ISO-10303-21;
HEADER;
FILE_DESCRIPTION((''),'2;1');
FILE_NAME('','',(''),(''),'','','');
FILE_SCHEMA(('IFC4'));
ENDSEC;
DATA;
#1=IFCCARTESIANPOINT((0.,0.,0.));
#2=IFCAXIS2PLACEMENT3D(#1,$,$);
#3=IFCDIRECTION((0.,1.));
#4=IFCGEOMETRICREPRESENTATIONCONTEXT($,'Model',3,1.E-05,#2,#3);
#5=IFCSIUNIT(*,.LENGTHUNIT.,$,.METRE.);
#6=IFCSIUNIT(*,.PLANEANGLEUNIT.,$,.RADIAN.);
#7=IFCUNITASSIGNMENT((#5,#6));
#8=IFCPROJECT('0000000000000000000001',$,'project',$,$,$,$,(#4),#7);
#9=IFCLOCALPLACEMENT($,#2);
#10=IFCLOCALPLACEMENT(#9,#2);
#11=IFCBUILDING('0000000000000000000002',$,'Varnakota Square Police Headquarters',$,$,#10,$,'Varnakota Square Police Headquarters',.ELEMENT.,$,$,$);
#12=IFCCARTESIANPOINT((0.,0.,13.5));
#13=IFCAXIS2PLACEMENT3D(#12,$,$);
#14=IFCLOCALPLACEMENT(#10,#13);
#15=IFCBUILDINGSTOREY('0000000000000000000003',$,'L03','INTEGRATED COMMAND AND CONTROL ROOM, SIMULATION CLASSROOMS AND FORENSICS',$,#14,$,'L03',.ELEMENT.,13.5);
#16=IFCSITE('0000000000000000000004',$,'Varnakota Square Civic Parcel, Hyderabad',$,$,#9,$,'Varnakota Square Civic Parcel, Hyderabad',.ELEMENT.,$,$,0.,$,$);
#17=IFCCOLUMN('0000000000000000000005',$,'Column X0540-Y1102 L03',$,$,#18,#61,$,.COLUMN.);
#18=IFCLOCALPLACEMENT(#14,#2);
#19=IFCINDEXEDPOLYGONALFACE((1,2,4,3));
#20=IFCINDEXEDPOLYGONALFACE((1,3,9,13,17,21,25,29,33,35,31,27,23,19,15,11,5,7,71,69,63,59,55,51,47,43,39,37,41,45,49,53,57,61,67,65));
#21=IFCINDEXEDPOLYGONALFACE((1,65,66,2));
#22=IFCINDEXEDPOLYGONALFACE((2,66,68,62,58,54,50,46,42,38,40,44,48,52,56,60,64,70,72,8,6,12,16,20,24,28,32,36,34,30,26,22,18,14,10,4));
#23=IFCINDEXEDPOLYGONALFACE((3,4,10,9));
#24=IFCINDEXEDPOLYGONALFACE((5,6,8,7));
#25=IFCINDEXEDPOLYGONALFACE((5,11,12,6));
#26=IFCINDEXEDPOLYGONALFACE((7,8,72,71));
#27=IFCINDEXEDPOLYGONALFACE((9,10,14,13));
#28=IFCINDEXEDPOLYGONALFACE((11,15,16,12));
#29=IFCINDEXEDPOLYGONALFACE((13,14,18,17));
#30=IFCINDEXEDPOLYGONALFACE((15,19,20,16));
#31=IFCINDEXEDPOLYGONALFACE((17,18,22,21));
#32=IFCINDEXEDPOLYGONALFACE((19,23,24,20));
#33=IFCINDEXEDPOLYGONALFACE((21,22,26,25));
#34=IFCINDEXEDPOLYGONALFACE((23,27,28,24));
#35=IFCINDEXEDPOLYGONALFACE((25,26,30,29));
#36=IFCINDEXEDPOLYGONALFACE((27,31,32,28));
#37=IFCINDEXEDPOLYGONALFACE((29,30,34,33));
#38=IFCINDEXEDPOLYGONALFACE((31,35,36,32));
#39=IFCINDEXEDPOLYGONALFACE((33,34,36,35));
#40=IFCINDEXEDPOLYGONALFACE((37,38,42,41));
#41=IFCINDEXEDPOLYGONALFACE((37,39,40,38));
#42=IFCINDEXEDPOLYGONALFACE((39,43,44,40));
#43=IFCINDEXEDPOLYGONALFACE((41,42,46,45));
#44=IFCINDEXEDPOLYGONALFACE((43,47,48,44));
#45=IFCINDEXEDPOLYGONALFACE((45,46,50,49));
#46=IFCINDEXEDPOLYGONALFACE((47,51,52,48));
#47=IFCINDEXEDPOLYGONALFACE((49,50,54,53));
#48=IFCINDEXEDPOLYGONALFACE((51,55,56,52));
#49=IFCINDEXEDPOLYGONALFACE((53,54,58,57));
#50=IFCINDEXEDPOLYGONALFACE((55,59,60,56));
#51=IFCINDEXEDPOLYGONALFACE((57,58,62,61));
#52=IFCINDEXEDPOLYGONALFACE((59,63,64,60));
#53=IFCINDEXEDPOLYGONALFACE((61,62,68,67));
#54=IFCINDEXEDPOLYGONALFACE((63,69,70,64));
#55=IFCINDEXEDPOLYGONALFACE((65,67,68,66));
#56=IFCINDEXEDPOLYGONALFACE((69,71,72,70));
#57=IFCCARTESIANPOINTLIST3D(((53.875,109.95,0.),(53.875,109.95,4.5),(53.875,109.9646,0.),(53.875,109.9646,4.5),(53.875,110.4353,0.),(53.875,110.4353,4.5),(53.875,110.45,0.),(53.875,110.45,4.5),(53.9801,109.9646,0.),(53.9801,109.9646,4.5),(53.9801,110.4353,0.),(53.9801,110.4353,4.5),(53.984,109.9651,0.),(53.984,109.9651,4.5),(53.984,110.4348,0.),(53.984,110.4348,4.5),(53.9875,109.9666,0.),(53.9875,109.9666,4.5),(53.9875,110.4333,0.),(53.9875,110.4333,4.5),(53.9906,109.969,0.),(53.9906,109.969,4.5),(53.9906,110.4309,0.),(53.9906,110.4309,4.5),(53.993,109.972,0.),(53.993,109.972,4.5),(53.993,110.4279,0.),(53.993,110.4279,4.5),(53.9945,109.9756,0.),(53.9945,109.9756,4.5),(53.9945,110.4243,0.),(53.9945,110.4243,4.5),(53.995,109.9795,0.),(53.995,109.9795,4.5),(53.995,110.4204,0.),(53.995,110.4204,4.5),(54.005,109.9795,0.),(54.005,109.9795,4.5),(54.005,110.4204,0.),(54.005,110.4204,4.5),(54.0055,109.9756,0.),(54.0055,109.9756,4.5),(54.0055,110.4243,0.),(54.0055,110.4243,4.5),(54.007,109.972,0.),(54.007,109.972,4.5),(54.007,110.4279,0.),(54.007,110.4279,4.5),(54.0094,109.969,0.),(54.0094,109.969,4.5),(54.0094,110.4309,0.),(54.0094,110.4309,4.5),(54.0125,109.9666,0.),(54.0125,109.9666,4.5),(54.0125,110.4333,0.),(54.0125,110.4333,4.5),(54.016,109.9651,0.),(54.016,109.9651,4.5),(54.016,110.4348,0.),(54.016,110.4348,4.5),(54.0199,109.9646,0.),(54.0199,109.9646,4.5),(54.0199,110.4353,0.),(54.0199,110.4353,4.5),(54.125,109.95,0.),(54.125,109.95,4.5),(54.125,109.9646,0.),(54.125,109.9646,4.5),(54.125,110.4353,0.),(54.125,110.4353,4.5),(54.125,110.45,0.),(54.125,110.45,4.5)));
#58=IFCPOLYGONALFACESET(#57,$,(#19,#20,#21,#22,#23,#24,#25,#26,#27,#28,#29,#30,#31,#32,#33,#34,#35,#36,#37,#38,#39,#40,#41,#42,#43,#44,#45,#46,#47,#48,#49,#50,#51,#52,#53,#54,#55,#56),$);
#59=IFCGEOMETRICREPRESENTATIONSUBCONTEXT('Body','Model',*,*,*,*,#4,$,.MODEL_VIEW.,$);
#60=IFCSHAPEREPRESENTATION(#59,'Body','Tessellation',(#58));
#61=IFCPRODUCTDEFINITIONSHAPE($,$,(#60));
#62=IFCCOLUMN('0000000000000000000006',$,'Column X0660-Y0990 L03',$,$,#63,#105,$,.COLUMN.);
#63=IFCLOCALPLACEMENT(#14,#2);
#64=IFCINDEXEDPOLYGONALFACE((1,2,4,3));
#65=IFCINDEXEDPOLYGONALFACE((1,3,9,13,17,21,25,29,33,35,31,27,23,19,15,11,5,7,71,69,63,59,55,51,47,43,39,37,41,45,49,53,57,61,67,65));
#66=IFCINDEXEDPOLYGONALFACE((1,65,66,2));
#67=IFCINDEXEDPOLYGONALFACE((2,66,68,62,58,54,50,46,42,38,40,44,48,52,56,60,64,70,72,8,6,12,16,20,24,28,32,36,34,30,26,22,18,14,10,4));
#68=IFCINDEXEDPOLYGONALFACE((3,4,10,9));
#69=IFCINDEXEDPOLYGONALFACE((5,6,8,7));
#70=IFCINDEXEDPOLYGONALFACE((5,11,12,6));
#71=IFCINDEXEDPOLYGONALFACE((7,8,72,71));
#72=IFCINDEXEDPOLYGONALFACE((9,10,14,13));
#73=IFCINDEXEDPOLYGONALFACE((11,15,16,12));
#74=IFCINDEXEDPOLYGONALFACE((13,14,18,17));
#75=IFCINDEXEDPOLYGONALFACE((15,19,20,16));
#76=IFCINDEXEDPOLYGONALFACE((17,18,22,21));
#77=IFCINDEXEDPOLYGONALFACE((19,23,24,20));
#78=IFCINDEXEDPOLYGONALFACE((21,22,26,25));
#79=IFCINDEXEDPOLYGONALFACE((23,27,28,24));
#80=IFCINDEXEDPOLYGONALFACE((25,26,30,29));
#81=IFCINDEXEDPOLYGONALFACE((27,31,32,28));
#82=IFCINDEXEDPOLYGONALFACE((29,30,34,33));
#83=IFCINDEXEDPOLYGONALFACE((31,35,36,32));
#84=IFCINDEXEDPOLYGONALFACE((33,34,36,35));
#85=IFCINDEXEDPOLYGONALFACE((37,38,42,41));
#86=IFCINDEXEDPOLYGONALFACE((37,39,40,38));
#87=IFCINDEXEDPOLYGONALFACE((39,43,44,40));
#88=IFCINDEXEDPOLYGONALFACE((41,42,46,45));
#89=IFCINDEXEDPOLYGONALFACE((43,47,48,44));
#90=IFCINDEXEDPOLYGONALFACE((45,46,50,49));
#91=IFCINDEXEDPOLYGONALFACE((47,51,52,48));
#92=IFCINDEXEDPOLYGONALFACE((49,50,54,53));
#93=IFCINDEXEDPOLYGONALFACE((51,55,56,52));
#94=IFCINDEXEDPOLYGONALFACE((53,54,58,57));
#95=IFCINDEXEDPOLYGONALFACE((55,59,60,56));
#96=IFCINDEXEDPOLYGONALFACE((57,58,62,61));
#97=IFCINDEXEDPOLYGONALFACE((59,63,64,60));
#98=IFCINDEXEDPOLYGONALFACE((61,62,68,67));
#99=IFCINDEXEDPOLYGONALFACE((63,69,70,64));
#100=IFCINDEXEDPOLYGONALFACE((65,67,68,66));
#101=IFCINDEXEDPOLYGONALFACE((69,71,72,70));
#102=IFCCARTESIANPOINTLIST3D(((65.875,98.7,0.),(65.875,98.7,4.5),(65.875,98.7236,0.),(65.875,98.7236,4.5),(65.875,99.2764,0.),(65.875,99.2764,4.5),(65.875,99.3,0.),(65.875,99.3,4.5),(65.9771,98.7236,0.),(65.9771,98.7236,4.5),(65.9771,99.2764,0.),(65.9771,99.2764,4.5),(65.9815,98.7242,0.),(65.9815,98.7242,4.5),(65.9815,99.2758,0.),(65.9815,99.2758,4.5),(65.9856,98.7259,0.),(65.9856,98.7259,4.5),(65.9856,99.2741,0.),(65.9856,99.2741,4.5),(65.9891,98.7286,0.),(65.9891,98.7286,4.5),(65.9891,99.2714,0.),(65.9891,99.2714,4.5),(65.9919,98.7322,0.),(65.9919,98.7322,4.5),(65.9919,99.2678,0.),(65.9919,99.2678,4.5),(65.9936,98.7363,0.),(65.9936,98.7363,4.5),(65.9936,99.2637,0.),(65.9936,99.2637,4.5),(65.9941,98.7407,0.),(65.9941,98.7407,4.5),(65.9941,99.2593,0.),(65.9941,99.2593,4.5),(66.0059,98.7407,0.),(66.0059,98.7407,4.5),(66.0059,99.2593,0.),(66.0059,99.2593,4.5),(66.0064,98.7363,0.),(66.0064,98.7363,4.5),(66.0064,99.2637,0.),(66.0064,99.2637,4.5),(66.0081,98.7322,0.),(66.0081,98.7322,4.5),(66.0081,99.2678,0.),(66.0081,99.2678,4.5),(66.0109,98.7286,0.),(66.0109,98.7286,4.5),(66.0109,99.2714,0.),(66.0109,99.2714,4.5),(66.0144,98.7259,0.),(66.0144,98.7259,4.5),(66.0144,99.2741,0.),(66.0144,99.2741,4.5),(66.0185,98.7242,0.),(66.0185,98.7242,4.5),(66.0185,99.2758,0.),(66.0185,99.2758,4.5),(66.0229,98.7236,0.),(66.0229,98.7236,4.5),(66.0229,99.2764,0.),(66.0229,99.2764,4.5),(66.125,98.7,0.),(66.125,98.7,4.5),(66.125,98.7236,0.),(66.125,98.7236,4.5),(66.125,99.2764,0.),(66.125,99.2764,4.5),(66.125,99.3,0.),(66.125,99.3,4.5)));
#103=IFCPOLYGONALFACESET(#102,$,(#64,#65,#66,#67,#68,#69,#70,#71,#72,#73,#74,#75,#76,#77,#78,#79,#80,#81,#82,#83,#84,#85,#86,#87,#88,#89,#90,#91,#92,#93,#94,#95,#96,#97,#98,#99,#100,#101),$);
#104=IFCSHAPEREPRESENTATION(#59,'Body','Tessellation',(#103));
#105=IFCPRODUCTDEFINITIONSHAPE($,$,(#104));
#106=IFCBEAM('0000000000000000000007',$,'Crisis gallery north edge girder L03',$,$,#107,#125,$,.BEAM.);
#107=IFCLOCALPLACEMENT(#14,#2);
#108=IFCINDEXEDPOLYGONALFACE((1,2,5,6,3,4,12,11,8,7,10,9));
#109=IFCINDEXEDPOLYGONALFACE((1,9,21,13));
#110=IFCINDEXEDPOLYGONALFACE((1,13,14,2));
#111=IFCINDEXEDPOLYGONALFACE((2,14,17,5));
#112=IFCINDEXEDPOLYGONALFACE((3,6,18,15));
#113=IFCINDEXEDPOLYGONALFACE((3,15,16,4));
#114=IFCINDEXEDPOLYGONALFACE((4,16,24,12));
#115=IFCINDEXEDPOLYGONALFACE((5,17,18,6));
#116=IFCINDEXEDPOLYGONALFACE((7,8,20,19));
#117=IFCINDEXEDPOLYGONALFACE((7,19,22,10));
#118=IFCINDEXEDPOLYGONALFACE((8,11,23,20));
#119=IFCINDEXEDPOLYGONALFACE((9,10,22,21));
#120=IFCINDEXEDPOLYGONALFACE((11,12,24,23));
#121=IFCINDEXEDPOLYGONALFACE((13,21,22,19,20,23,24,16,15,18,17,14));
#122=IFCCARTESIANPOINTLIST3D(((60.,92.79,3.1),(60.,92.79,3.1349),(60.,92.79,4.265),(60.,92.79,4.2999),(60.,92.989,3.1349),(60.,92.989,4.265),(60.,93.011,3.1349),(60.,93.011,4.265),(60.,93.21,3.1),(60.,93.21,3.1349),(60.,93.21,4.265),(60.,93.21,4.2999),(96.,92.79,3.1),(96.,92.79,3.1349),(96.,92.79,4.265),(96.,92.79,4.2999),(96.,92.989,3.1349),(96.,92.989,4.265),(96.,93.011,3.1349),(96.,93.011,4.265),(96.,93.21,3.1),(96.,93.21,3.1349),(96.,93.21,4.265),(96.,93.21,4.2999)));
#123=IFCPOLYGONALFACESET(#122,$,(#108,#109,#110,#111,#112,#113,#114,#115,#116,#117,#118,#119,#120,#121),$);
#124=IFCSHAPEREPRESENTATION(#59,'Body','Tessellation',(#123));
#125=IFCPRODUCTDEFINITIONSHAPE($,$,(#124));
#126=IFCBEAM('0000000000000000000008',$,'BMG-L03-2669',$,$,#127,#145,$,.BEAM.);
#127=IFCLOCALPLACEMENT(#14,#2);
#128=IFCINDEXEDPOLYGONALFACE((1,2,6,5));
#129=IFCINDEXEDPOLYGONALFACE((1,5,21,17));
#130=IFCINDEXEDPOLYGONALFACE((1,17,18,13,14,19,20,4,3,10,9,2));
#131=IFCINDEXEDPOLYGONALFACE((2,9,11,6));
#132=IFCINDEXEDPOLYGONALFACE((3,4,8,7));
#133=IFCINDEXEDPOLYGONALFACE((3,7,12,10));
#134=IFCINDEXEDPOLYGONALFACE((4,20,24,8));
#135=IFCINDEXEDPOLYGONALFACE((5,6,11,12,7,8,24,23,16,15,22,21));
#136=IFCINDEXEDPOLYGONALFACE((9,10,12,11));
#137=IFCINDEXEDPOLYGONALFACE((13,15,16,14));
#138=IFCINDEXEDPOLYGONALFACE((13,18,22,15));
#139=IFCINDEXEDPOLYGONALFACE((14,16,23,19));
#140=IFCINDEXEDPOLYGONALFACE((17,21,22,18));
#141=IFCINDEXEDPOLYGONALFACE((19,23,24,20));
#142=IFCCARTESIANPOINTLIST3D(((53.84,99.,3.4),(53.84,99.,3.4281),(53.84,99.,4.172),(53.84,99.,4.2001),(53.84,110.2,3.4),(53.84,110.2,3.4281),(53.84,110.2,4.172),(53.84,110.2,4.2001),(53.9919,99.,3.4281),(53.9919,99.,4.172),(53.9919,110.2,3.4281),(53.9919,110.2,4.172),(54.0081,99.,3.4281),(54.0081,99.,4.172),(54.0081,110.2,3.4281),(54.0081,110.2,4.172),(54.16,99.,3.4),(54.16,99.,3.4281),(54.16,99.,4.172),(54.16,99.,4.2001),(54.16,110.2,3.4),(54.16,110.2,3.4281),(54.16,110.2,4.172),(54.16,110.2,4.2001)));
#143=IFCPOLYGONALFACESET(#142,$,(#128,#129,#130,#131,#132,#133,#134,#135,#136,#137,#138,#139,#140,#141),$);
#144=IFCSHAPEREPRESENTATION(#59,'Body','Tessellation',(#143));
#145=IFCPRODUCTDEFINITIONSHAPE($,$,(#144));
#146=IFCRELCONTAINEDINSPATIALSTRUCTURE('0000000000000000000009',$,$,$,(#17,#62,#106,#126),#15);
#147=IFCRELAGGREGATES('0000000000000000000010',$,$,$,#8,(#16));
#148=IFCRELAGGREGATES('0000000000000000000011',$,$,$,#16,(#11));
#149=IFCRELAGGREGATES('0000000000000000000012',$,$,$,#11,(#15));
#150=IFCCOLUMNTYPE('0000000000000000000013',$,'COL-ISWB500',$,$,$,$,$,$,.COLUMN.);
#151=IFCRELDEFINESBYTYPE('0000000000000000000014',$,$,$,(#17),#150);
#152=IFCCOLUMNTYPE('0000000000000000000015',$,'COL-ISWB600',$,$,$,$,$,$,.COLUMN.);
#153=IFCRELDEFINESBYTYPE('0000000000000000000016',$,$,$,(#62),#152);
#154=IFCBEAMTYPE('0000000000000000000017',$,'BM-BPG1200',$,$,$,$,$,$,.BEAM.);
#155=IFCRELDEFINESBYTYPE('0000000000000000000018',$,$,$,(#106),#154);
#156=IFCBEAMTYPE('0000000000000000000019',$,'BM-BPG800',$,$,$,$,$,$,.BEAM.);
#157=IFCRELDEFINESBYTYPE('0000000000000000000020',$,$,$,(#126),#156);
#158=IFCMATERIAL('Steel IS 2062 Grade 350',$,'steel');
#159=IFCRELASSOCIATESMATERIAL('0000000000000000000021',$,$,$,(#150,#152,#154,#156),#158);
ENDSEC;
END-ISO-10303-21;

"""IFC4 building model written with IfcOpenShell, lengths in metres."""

from ifc_helpers import new_model, si_unit, direction, frame, origin, origin_2d, place, context, subcontext, project, spatial, i_section, extrude, material, material_profile, profile_set, type_object, element, save


model = new_model("IFC4")

# Units and contexts
model_context = context("Model", 3, precision=1e-05, world=origin(), true_north=direction((0.0, 1.0)))
body_context = subcontext(model_context, "Body", "Model", "MODEL_VIEW")
ifc_project = project(units=[si_unit("LENGTHUNIT", "METRE"), si_unit("PLANEANGLEUNIT", "RADIAN")], contexts=[model_context])

# Site, building, storey
site_placement = place(None, origin())
site = spatial("IfcSite", under=ifc_project, at=site_placement, Name="Varnakota Square Civic Parcel, Hyderabad", LongName="Varnakota Square Civic Parcel, Hyderabad", CompositionType="ELEMENT", RefElevation=0.0)
building_placement = place(site_placement, origin())
building = spatial("IfcBuilding", under=site, at=building_placement, Name="Varnakota Square Police Headquarters", LongName="Varnakota Square Police Headquarters", CompositionType="ELEMENT")
storey_placement = place(building_placement, frame((0.0, 0.0, 13.5)))
storey = spatial("IfcBuildingStorey", under=building, at=storey_placement, Name="L03", Description="INTEGRATED COMMAND AND CONTROL ROOM, SIMULATION CLASSROOMS AND FORENSICS", LongName="L03", CompositionType="ELEMENT", Elevation=13.5)

# Columns
ifc_material_1 = material(Name="Steel IS 2062 Grade 350", Category="steel")
ifc_material_profile_1 = material_profile(ifc_material_1, i_section(OverallWidth=0.25, OverallDepth=0.5, WebThickness=0.01, FlangeThickness=0.0146, FilletRadius=0.0149, at=origin_2d()), Name="ISWB 500")
ifc_profile_set_1 = profile_set([ifc_material_profile_1], Name="Steel IS 2062 Grade 350")
column_type_1 = type_object("IfcColumnType", Name="COL-ISWB500", PredefinedType="COLUMN", material=ifc_profile_set_1)
column_1_placement = place(storey_placement, frame((54.0, 110.2, 0.0), z_axis=(0.0, 0.0, 1.0), x_axis=(1.0, 0.0, 0.0)))
element("IfcColumn", 1, at=column_1_placement, inside=storey, type_object=column_type_1, Name="Column X0540-Y1102 L03", PredefinedType="COLUMN", context=body_context, shape_type="SweptSolid", body=[
    extrude(i_section(OverallWidth=0.25, OverallDepth=0.5, WebThickness=0.01, FlangeThickness=0.0146, FilletRadius=0.0149, at=origin_2d()), origin(), (0.0, 0.0, 1.0), 4.5),
])
ifc_material_profile_2 = material_profile(ifc_material_1, i_section(OverallWidth=0.25, OverallDepth=0.6001, WebThickness=0.0117, FlangeThickness=0.0237, FilletRadius=0.0171, at=origin_2d()), Name="ISWB 600")
ifc_profile_set_2 = profile_set([ifc_material_profile_2], Name="Steel IS 2062 Grade 350")
column_type_2 = type_object("IfcColumnType", Name="COL-ISWB600", PredefinedType="COLUMN", material=ifc_profile_set_2)
column_2_placement = place(storey_placement, frame((66.0, 99.0, 0.0), z_axis=(0.0, 0.0, 1.0), x_axis=(1.0, 0.0, 0.0)))
element("IfcColumn", 2, at=column_2_placement, inside=storey, type_object=column_type_2, Name="Column X0660-Y0990 L03", PredefinedType="COLUMN", context=body_context, shape_type="SweptSolid", body=[
    extrude(i_section(OverallWidth=0.25, OverallDepth=0.6001, WebThickness=0.0117, FlangeThickness=0.0237, FilletRadius=0.0171, at=origin_2d()), origin(), (0.0, 0.0, 1.0), 4.5),
])

# Beams
ifc_material_profile_3 = material_profile(ifc_material_1, i_section(OverallWidth=0.4199, OverallDepth=1.2, WebThickness=0.022, FlangeThickness=0.0349, at=origin_2d()), Name="BPG 1200x420")
ifc_profile_set_3 = profile_set([ifc_material_profile_3], Name="Steel IS 2062 Grade 350")
beam_type_1 = type_object("IfcBeamType", Name="BM-BPG1200", PredefinedType="BEAM", material=ifc_profile_set_3)
beam_1_placement = place(storey_placement, frame((60.0, 93.0, 3.7), z_axis=(1.0, 0.0, 0.0), x_axis=(0.0, 1.0, 0.0)))
element("IfcBeam", 3, at=beam_1_placement, inside=storey, type_object=beam_type_1, Name="Crisis gallery north edge girder L03", PredefinedType="BEAM", context=body_context, shape_type="SweptSolid", body=[
    extrude(i_section(OverallWidth=0.4199, OverallDepth=1.2, WebThickness=0.022, FlangeThickness=0.0349, at=origin_2d()), origin(), (0.0, 0.0, 1.0), 36.0),
])
ifc_material_profile_4 = material_profile(ifc_material_1, i_section(OverallWidth=0.3201, OverallDepth=0.8, WebThickness=0.0161, FlangeThickness=0.0281, at=origin_2d()), Name="BPG 800x320")
ifc_profile_set_4 = profile_set([ifc_material_profile_4], Name="Steel IS 2062 Grade 350")
beam_type_2 = type_object("IfcBeamType", Name="BM-BPG800", PredefinedType="BEAM", material=ifc_profile_set_4)
beam_2_placement = place(storey_placement, frame((54.0, 99.0, 3.8), z_axis=(0.0, 1.0, 0.0), x_axis=(-1.0, 0.0, 0.0)))
element("IfcBeam", 4, at=beam_2_placement, inside=storey, type_object=beam_type_2, Name="BMG-L03-2669", PredefinedType="BEAM", context=body_context, shape_type="SweptSolid", body=[
    extrude(i_section(OverallWidth=0.3201, OverallDepth=0.8, WebThickness=0.0161, FlangeThickness=0.0281, at=origin_2d()), origin(), (0.0, 0.0, 1.0), 11.2),
])

save(model, "model.ifc")
